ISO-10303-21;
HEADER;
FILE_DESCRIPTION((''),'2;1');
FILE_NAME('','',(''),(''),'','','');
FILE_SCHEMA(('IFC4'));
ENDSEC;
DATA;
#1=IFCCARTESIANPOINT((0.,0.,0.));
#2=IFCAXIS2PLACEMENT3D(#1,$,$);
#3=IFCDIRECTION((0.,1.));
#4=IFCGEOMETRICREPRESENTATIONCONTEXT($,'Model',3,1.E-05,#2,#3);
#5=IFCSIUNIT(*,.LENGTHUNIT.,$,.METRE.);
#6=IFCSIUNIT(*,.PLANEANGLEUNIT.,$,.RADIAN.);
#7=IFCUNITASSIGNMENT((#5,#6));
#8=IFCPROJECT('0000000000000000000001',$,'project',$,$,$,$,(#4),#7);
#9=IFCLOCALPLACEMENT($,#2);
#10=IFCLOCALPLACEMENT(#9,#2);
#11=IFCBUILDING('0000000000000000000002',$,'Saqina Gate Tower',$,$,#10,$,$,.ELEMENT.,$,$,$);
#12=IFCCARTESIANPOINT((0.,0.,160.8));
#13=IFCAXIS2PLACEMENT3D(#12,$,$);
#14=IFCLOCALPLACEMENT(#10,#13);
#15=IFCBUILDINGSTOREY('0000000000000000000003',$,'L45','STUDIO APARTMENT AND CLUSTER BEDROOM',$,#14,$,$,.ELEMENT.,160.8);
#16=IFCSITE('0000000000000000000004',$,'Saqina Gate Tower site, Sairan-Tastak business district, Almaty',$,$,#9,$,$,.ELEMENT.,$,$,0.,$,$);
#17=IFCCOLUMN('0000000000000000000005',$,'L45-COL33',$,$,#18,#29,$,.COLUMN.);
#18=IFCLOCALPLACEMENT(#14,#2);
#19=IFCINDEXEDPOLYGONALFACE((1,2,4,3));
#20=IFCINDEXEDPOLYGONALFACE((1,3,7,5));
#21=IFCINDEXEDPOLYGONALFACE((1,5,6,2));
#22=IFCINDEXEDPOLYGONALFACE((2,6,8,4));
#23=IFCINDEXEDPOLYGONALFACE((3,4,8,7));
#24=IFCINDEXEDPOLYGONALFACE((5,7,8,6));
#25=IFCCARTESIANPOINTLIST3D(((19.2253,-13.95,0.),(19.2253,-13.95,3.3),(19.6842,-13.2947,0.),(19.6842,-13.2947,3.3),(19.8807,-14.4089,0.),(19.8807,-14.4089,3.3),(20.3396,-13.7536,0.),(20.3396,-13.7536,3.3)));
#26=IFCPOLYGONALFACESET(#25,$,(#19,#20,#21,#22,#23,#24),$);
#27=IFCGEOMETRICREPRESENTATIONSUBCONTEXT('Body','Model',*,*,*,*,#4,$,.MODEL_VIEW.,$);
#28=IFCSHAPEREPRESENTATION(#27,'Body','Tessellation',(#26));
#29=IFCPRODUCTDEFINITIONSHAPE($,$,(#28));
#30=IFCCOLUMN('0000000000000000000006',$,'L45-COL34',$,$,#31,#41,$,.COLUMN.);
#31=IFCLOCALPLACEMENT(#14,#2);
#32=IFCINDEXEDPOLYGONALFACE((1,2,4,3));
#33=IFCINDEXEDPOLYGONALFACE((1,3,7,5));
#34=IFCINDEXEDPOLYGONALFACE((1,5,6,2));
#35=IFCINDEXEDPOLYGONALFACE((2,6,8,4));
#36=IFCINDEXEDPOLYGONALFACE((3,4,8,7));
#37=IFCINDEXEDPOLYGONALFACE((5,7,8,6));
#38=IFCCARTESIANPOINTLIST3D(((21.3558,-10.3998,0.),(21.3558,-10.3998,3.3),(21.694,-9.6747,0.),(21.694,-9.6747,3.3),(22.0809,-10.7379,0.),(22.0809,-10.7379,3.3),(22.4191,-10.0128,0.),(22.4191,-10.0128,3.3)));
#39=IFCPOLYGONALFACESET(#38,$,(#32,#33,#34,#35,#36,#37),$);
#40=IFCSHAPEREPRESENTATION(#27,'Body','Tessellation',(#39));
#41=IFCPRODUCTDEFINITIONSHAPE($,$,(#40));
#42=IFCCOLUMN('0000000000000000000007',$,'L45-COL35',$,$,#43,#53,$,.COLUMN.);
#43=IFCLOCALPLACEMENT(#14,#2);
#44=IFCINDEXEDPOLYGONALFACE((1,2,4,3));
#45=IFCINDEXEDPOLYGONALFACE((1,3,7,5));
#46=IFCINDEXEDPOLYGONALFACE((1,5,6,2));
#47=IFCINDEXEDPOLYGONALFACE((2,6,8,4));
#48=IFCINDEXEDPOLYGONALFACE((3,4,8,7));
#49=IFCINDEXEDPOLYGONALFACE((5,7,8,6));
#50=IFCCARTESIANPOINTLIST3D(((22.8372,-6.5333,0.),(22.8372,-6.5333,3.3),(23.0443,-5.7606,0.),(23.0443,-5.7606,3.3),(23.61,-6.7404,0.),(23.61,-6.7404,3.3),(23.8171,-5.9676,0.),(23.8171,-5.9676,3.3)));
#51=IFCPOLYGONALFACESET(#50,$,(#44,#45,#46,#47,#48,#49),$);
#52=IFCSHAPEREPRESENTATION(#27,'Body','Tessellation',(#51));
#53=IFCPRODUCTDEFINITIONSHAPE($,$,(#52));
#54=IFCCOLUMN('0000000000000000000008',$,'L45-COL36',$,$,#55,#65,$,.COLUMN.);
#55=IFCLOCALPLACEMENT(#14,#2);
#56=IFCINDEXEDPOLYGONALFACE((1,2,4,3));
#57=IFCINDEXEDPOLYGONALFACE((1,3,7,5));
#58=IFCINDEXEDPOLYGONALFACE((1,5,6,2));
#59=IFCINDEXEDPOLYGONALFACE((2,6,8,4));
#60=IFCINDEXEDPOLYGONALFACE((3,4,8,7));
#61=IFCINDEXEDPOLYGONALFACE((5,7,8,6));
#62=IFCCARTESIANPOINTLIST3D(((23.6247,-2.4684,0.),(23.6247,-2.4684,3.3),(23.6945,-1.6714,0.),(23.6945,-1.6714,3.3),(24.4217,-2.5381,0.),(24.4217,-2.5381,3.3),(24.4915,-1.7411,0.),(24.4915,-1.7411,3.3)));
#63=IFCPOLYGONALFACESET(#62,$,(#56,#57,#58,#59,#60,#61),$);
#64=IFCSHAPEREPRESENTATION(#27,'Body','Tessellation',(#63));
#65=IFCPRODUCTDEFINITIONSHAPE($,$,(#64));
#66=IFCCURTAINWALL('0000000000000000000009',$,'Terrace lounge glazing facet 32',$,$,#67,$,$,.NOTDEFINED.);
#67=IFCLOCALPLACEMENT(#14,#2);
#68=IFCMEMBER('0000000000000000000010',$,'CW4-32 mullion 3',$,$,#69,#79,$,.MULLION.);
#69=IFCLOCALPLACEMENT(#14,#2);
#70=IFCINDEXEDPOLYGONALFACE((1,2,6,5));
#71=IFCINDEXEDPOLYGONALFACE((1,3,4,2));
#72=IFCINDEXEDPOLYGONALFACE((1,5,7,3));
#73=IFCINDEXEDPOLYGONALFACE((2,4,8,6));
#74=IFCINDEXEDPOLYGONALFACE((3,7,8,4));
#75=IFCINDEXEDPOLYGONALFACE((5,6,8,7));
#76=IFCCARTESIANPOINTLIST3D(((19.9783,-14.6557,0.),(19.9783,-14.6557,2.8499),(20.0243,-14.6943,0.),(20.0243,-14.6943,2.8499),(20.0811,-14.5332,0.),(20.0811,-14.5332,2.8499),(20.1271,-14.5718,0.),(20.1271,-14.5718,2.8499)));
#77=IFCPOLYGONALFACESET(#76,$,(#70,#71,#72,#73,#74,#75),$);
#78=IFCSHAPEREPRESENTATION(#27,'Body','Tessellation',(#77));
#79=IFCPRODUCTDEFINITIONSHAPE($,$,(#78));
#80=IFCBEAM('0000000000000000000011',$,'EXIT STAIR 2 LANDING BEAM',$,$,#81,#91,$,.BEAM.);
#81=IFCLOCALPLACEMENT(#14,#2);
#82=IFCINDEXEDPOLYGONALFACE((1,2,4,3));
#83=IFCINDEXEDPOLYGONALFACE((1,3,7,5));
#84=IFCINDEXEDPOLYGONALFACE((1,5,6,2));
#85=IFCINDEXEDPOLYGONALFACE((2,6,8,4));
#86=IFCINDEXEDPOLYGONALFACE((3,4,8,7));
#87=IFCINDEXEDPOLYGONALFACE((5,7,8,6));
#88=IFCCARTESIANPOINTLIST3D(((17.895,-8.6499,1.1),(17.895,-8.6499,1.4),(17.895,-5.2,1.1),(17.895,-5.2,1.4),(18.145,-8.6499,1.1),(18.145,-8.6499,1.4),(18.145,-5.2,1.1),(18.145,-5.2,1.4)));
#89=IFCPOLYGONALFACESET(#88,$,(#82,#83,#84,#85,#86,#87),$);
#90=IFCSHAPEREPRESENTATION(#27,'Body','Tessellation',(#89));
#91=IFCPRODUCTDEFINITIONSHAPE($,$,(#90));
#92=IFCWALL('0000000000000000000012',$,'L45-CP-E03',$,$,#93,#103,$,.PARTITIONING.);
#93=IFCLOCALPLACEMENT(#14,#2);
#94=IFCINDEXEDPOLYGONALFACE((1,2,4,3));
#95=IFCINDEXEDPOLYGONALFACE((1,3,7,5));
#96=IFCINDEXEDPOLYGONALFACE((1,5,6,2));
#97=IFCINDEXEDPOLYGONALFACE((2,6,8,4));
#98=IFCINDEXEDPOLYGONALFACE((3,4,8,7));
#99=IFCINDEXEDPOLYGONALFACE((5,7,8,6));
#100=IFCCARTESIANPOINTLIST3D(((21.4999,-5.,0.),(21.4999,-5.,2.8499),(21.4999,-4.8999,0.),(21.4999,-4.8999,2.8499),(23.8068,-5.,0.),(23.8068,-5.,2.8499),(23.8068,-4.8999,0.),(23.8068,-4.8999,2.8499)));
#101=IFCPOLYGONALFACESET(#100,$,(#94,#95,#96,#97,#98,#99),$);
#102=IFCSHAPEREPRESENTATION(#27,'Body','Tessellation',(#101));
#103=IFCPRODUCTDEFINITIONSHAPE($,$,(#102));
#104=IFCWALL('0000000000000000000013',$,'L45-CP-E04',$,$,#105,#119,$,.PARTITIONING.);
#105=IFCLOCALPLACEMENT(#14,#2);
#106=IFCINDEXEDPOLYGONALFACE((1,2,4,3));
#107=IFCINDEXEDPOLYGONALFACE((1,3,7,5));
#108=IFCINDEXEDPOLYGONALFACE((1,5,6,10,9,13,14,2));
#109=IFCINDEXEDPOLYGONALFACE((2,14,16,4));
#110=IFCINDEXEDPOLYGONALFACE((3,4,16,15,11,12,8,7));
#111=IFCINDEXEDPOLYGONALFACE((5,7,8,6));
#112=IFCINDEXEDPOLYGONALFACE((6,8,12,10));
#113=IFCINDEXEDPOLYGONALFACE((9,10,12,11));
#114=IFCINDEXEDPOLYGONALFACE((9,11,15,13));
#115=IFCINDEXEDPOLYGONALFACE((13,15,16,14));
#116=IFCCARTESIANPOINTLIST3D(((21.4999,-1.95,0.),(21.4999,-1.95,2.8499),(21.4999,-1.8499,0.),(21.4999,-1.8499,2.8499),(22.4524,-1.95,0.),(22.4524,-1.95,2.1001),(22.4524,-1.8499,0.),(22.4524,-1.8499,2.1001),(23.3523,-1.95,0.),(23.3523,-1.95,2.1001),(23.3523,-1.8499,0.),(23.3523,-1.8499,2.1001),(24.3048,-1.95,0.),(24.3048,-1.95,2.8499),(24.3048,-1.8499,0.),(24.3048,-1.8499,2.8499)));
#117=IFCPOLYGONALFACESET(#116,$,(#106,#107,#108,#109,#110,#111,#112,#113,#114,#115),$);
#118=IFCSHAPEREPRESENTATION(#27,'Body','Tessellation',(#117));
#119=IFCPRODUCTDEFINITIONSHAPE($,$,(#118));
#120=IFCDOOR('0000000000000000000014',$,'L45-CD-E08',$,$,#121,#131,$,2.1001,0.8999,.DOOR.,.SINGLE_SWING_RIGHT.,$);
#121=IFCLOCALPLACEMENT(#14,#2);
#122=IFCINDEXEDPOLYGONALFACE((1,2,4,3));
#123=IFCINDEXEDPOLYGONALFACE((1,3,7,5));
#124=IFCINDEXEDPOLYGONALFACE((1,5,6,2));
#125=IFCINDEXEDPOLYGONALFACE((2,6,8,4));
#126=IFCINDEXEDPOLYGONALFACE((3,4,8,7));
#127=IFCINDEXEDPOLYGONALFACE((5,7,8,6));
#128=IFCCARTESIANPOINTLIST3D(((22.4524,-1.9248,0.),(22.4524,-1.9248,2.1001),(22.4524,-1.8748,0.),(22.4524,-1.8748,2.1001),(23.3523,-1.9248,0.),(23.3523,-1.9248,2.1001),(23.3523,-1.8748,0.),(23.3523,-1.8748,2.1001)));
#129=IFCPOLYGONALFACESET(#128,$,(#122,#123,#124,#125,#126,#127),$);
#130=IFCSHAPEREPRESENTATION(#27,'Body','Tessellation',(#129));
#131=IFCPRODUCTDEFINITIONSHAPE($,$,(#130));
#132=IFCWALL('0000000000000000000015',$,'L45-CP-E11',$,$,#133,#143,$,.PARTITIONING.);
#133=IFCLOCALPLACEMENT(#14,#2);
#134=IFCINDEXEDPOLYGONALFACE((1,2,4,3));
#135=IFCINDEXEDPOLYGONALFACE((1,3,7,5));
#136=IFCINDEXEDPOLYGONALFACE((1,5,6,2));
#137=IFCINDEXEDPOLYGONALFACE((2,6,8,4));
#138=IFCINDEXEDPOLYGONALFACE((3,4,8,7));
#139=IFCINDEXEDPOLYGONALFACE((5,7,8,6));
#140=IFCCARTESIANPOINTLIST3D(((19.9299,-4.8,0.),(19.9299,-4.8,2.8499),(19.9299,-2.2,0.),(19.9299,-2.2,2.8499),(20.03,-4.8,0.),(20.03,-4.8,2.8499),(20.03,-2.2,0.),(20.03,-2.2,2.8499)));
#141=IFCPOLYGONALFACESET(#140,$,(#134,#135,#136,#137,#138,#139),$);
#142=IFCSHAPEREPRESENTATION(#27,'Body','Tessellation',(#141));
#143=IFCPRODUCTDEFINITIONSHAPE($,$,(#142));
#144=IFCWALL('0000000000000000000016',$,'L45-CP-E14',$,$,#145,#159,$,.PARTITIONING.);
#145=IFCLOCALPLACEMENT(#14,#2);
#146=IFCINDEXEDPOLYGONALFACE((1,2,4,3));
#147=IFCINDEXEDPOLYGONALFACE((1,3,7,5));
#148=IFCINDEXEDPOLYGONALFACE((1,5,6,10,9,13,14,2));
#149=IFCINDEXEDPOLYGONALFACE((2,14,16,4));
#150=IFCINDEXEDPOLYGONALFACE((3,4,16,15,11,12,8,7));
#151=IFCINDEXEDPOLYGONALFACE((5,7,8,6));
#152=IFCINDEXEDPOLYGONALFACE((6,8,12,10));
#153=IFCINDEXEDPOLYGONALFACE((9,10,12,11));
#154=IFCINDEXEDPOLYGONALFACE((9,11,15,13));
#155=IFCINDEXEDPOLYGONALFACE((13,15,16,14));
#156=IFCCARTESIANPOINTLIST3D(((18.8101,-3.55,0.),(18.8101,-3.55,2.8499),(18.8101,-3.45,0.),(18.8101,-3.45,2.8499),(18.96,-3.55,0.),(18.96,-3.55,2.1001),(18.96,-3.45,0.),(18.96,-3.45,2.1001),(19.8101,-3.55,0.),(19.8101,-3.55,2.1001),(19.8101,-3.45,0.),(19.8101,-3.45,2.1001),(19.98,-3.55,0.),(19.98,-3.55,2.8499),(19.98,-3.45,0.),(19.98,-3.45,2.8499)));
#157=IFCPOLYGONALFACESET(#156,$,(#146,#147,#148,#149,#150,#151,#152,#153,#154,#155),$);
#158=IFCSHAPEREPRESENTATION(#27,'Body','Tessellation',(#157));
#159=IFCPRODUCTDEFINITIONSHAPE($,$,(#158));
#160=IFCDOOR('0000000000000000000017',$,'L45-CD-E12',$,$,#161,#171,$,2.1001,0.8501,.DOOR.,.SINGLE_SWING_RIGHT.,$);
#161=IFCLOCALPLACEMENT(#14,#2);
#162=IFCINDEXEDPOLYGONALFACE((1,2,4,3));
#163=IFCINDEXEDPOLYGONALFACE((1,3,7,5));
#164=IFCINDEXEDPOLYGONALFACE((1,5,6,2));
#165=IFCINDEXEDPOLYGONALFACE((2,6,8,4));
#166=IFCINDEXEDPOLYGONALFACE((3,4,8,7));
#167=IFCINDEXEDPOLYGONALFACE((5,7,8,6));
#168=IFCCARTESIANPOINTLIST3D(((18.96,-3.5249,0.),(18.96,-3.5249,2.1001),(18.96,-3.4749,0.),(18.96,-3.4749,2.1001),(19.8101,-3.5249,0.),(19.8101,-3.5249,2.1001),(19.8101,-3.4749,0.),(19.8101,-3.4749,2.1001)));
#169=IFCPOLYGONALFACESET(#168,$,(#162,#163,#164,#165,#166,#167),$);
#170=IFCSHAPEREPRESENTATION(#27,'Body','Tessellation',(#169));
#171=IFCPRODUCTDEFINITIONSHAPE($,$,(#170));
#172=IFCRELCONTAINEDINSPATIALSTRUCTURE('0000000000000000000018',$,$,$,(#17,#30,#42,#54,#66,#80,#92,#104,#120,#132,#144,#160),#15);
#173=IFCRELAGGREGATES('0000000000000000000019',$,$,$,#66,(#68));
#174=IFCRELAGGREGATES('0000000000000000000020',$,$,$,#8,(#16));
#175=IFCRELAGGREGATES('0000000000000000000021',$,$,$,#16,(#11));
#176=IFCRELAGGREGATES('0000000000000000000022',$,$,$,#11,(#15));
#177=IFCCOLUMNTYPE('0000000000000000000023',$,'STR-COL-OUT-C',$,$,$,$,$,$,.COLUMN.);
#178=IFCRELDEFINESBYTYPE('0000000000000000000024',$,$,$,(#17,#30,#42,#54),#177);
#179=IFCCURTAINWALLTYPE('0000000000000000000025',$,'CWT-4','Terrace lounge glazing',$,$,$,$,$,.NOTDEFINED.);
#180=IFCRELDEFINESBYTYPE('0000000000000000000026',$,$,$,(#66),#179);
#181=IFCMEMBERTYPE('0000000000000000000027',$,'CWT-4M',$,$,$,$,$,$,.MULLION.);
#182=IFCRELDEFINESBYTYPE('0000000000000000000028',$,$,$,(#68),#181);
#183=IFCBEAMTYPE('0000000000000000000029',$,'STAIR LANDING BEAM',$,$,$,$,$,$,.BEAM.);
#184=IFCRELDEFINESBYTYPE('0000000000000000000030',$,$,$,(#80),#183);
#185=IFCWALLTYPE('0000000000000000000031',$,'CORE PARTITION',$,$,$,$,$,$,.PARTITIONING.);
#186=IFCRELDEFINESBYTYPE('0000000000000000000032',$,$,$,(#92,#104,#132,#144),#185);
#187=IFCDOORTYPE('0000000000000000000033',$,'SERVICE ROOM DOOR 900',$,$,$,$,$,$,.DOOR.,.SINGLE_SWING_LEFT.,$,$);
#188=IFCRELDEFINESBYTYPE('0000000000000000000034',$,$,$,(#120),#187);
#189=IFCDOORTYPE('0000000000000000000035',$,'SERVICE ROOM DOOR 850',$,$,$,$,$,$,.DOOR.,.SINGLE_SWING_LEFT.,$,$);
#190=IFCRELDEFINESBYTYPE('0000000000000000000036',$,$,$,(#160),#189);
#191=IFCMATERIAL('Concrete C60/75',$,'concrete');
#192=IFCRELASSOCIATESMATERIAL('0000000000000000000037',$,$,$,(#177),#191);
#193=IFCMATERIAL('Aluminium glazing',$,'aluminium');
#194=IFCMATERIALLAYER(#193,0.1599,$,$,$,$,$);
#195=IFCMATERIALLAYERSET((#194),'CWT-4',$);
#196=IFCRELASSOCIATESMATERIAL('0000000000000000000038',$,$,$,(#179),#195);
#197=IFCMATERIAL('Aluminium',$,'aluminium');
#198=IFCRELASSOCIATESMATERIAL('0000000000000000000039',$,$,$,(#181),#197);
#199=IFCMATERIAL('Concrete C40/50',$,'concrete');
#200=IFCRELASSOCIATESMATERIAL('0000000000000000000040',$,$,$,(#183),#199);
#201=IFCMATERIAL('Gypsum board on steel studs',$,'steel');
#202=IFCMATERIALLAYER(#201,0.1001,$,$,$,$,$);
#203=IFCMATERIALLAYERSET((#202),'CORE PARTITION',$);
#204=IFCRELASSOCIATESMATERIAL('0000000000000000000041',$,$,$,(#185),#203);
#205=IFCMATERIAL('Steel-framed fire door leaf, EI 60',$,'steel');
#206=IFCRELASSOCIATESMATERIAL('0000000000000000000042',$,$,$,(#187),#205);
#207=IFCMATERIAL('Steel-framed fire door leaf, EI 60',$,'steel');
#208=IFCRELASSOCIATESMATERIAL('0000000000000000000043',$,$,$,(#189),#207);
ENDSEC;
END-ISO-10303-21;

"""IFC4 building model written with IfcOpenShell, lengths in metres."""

from ifc_helpers import new_model, si_unit, direction, frame, frame_2d, origin, origin_2d, place, context, subcontext, project, spatial, rectangle, extrude, material, layer, layer_set, material_profile, profile_set, type_object, element, fill, aggregate, save


model = new_model("IFC4")

# Units and contexts
model_context = context("Model", 3, precision=1e-05, world=origin(), true_north=direction((0.0, 1.0)))
body_context = subcontext(model_context, "Body", "Model", "MODEL_VIEW")
ifc_project = project(units=[si_unit("LENGTHUNIT", "METRE"), si_unit("PLANEANGLEUNIT", "RADIAN")], contexts=[model_context])

# Site, building, storey
site_placement = place(None, origin())
site = spatial("IfcSite", under=ifc_project, at=site_placement, Name="Saqina Gate Tower site, Sairan-Tastak business district, Almaty", CompositionType="ELEMENT", RefElevation=0.0)
building_placement = place(site_placement, origin())
building = spatial("IfcBuilding", under=site, at=building_placement, Name="Saqina Gate Tower", CompositionType="ELEMENT")
storey_placement = place(building_placement, frame((0.0, 0.0, 160.8)))
storey = spatial("IfcBuildingStorey", under=building, at=storey_placement, Name="L45", Description="STUDIO APARTMENT AND CLUSTER BEDROOM", CompositionType="ELEMENT", Elevation=160.8)

# Columns
ifc_material_1 = material(Name="Concrete C60/75", Category="concrete")
ifc_material_profile_1 = material_profile(ifc_material_1, rectangle(XDim=0.8, YDim=0.8, at=origin_2d()), Name="RC 800x800")
ifc_profile_set_1 = profile_set([ifc_material_profile_1], Name="Concrete C60/75")
column_type = type_object("IfcColumnType", Name="STR-COL-OUT-C", PredefinedType="COLUMN", material=ifc_profile_set_1)
for number, where, z_axis, x_axis, name in (
    (1, (19.7825, -13.8518, 0.0), (0.0, 0.0, 1.0), (0.819152, -0.573576, 0.0), "L45-COL33"),
    (2, (21.8875, -10.2063, 0.0), (0.0, 0.0, 1.0), (0.906308, -0.422618, 0.0), "L45-COL34"),
    (3, (23.3271, -6.2505, 0.0), (0.0, 0.0, 1.0), (0.965926, -0.258819, 0.0), "L45-COL35"),
    (4, (24.0581, -2.1047, 0.0), (0.0, 0.0, 1.0), (0.996195, -0.087156, 0.0), "L45-COL36"),
):
    element("IfcColumn", number, at=place(storey_placement, frame(where, z_axis=z_axis, x_axis=x_axis)), inside=storey, type_object=column_type, Name=name, PredefinedType="COLUMN", context=body_context, shape_type="SweptSolid", body=[
        extrude(rectangle(XDim=0.8, YDim=0.8, at=origin_2d()), origin(), (0.0, 0.0, 1.0), 3.3),
    ])

# Curtain wall, member
ifc_material_2 = material(Name="Aluminium glazing", Category="aluminium")
ifc_layer_1 = layer(ifc_material_2, 0.1599)
ifc_layer_set_1 = layer_set([ifc_layer_1], Name="CWT-4")
curtain_wall_type = type_object("IfcCurtainWallType", Name="CWT-4", Description="Terrace lounge glazing", PredefinedType="NOTDEFINED", material=ifc_layer_set_1)
curtain_wall_placement = place(storey_placement, origin())
curtain_wall = element("IfcCurtainWall", 5, at=curtain_wall_placement, inside=storey, type_object=curtain_wall_type, Name="Terrace lounge glazing facet 32", PredefinedType="NOTDEFINED")
ifc_material_3 = material(Name="Aluminium", Category="aluminium")
ifc_material_profile_2 = material_profile(ifc_material_3, rectangle(XDim=0.0601, YDim=0.1599, at=origin_2d()), Name="Aluminium 60x160")
ifc_profile_set_2 = profile_set([ifc_material_profile_2], Name="Aluminium")
member_type = type_object("IfcMemberType", Name="CWT-4M", PredefinedType="MULLION", material=ifc_profile_set_2)
member_placement = place(storey_placement, frame((20.0527, -14.6138, 0.0), z_axis=(0.0, 0.0, 1.0), x_axis=(-0.766043, 0.64279, 0.0)))
member = element("IfcMember", 6, at=member_placement, type_object=member_type, Name="CW4-32 mullion 3", PredefinedType="MULLION", context=body_context, shape_type="SweptSolid", body=[
    extrude(rectangle(XDim=0.0601, YDim=0.1599, at=origin_2d()), origin(), (0.0, 0.0, 1.0), 2.8499),
])
aggregate(curtain_wall, [member])

# Beam
ifc_material_4 = material(Name="Concrete C40/50", Category="concrete")
ifc_material_profile_3 = material_profile(ifc_material_4, rectangle(XDim=0.25, YDim=0.3, at=origin_2d()), Name="STAIR LANDING BEAM")
ifc_profile_set_3 = profile_set([ifc_material_profile_3], Name="Concrete C40/50")
beam_type = type_object("IfcBeamType", Name="STAIR LANDING BEAM", PredefinedType="BEAM", material=ifc_profile_set_3)
beam_placement = place(storey_placement, frame((18.02, -8.6499, 1.25), z_axis=(0.0, 1.0, 0.0), x_axis=(-1.0, 0.0, 0.0)))
element("IfcBeam", 7, at=beam_placement, inside=storey, type_object=beam_type, Name="EXIT STAIR 2 LANDING BEAM", PredefinedType="BEAM", context=body_context, shape_type="SweptSolid", body=[
    extrude(rectangle(XDim=0.25, YDim=0.3, at=origin_2d()), origin(), (0.0, 0.0, 1.0), 3.45),
])

# Wall
ifc_material_5 = material(Name="Gypsum board on steel studs", Category="steel")
ifc_layer_2 = layer(ifc_material_5, 0.1001)
ifc_layer_set_2 = layer_set([ifc_layer_2], Name="CORE PARTITION")
wall_type_1 = type_object("IfcWallType", Name="CORE PARTITION", PredefinedType="PARTITIONING", material=ifc_layer_set_2)
wall_1_placement = place(storey_placement, frame((21.5, -4.95, 0.0), z_axis=(0.0, 0.0, 1.0), x_axis=(1.0, 0.0, 0.0)))
element("IfcWall", 8, at=wall_1_placement, inside=storey, type_object=wall_type_1, Name="L45-CP-E03", PredefinedType="PARTITIONING", context=body_context, shape_type="SweptSolid", body=[
    extrude(rectangle(XDim=2.3069, YDim=0.1001, at=frame_2d((1.1533, 0.0))), origin(), (0.0, 0.0, 1.0), 2.8499),
])

# Wall, opening, door
wall_2_placement = place(storey_placement, frame((21.5, -1.8999, 0.0), z_axis=(0.0, 0.0, 1.0), x_axis=(1.0, 0.0, 0.0)))
wall_2 = element("IfcWall", 9, at=wall_2_placement, inside=storey, type_object=wall_type_1, Name="L45-CP-E04", PredefinedType="PARTITIONING", context=body_context, shape_type="SweptSolid", body=[
    extrude(rectangle(XDim=2.8049, YDim=0.1001, at=frame_2d((1.4023, 0.0))), origin(), (0.0, 0.0, 1.0), 2.8499),
])
opening_1_placement = place(wall_2_placement, frame((0.9524, 0.0, 0.0)))
opening_1 = element("IfcOpeningElement", 10, at=opening_1_placement, cuts=wall_2, PredefinedType="OPENING", context=body_context, shape_type="SweptSolid", body=[
    extrude(rectangle(XDim=0.8999, YDim=2.1001, at=frame_2d((0.45, 1.05))), frame((0.0, 0.062, 0.0), z_axis=(0.0, -1.0, 0.0), x_axis=(1.0, 0.0, 0.0)), (0.0, 0.0, 1.0), 0.124),
])
ifc_material_6 = material(Name="Steel-framed fire door leaf, EI 60", Category="steel")
door_type_1 = type_object("IfcDoorType", Name="SERVICE ROOM DOOR 900", OperationType="SINGLE_SWING_LEFT", PredefinedType="DOOR", material=ifc_material_6)
door_1_placement = place(opening_1_placement, frame((0.8999, 0.0, 0.0), z_axis=(0.0, 0.0, 1.0), x_axis=(-1.0, 0.0, 0.0)))
door_1 = element("IfcDoor", 11, at=door_1_placement, inside=storey, type_object=door_type_1, Name="L45-CD-E08", OperationType="SINGLE_SWING_RIGHT", OverallHeight=2.1001, OverallWidth=0.8999, PredefinedType="DOOR", context=body_context, shape_type="SweptSolid", body=[
    extrude(rectangle(XDim=0.8999, YDim=2.1001, at=frame_2d((0.45, 1.05))), frame((0.0, 0.0249, 0.0), z_axis=(0.0, -1.0, 0.0), x_axis=(1.0, 0.0, 0.0)), (0.0, 0.0, 1.0), 0.05),
])
fill(opening_1, door_1)

# Wall
wall_3_placement = place(storey_placement, frame((19.98, -4.8, 0.0), z_axis=(0.0, 0.0, 1.0), x_axis=(0.0, 1.0, 0.0)))
element("IfcWall", 12, at=wall_3_placement, inside=storey, type_object=wall_type_1, Name="L45-CP-E11", PredefinedType="PARTITIONING", context=body_context, shape_type="SweptSolid", body=[
    extrude(rectangle(XDim=2.6001, YDim=0.1001, at=frame_2d((1.3, 0.0))), origin(), (0.0, 0.0, 1.0), 2.8499),
])

# Wall, opening, door
wall_4_placement = place(storey_placement, frame((18.8101, -3.5, 0.0), z_axis=(0.0, 0.0, 1.0), x_axis=(1.0, 0.0, 0.0)))
wall_4 = element("IfcWall", 13, at=wall_4_placement, inside=storey, type_object=wall_type_1, Name="L45-CP-E14", PredefinedType="PARTITIONING", context=body_context, shape_type="SweptSolid", body=[
    extrude(rectangle(XDim=1.1699, YDim=0.1001, at=frame_2d((0.585, 0.0))), origin(), (0.0, 0.0, 1.0), 2.8499),
])
opening_2_placement = place(wall_4_placement, frame((0.1499, 0.0, 0.0)))
opening_2 = element("IfcOpeningElement", 14, at=opening_2_placement, cuts=wall_4, PredefinedType="OPENING", context=body_context, shape_type="SweptSolid", body=[
    extrude(rectangle(XDim=0.8501, YDim=2.1001, at=frame_2d((0.425, 1.05))), frame((0.0, 0.062, 0.0), z_axis=(0.0, -1.0, 0.0), x_axis=(1.0, 0.0, 0.0)), (0.0, 0.0, 1.0), 0.124),
])
ifc_material_7 = material(Name="Steel-framed fire door leaf, EI 60", Category="steel")
door_type_2 = type_object("IfcDoorType", Name="SERVICE ROOM DOOR 850", OperationType="SINGLE_SWING_LEFT", PredefinedType="DOOR", material=ifc_material_7)
door_2_placement = place(opening_2_placement, frame((0.8501, 0.0, 0.0), z_axis=(0.0, 0.0, 1.0), x_axis=(-1.0, 0.0, 0.0)))
door_2 = element("IfcDoor", 15, at=door_2_placement, inside=storey, type_object=door_type_2, Name="L45-CD-E12", OperationType="SINGLE_SWING_RIGHT", OverallHeight=2.1001, OverallWidth=0.8501, PredefinedType="DOOR", context=body_context, shape_type="SweptSolid", body=[
    extrude(rectangle(XDim=0.8501, YDim=2.1001, at=frame_2d((0.425, 1.05))), frame((0.0, 0.0249, 0.0), z_axis=(0.0, -1.0, 0.0), x_axis=(1.0, 0.0, 0.0)), (0.0, 0.0, 1.0), 0.05),
])
fill(opening_2, door_2)

save(model, "model.ifc")
